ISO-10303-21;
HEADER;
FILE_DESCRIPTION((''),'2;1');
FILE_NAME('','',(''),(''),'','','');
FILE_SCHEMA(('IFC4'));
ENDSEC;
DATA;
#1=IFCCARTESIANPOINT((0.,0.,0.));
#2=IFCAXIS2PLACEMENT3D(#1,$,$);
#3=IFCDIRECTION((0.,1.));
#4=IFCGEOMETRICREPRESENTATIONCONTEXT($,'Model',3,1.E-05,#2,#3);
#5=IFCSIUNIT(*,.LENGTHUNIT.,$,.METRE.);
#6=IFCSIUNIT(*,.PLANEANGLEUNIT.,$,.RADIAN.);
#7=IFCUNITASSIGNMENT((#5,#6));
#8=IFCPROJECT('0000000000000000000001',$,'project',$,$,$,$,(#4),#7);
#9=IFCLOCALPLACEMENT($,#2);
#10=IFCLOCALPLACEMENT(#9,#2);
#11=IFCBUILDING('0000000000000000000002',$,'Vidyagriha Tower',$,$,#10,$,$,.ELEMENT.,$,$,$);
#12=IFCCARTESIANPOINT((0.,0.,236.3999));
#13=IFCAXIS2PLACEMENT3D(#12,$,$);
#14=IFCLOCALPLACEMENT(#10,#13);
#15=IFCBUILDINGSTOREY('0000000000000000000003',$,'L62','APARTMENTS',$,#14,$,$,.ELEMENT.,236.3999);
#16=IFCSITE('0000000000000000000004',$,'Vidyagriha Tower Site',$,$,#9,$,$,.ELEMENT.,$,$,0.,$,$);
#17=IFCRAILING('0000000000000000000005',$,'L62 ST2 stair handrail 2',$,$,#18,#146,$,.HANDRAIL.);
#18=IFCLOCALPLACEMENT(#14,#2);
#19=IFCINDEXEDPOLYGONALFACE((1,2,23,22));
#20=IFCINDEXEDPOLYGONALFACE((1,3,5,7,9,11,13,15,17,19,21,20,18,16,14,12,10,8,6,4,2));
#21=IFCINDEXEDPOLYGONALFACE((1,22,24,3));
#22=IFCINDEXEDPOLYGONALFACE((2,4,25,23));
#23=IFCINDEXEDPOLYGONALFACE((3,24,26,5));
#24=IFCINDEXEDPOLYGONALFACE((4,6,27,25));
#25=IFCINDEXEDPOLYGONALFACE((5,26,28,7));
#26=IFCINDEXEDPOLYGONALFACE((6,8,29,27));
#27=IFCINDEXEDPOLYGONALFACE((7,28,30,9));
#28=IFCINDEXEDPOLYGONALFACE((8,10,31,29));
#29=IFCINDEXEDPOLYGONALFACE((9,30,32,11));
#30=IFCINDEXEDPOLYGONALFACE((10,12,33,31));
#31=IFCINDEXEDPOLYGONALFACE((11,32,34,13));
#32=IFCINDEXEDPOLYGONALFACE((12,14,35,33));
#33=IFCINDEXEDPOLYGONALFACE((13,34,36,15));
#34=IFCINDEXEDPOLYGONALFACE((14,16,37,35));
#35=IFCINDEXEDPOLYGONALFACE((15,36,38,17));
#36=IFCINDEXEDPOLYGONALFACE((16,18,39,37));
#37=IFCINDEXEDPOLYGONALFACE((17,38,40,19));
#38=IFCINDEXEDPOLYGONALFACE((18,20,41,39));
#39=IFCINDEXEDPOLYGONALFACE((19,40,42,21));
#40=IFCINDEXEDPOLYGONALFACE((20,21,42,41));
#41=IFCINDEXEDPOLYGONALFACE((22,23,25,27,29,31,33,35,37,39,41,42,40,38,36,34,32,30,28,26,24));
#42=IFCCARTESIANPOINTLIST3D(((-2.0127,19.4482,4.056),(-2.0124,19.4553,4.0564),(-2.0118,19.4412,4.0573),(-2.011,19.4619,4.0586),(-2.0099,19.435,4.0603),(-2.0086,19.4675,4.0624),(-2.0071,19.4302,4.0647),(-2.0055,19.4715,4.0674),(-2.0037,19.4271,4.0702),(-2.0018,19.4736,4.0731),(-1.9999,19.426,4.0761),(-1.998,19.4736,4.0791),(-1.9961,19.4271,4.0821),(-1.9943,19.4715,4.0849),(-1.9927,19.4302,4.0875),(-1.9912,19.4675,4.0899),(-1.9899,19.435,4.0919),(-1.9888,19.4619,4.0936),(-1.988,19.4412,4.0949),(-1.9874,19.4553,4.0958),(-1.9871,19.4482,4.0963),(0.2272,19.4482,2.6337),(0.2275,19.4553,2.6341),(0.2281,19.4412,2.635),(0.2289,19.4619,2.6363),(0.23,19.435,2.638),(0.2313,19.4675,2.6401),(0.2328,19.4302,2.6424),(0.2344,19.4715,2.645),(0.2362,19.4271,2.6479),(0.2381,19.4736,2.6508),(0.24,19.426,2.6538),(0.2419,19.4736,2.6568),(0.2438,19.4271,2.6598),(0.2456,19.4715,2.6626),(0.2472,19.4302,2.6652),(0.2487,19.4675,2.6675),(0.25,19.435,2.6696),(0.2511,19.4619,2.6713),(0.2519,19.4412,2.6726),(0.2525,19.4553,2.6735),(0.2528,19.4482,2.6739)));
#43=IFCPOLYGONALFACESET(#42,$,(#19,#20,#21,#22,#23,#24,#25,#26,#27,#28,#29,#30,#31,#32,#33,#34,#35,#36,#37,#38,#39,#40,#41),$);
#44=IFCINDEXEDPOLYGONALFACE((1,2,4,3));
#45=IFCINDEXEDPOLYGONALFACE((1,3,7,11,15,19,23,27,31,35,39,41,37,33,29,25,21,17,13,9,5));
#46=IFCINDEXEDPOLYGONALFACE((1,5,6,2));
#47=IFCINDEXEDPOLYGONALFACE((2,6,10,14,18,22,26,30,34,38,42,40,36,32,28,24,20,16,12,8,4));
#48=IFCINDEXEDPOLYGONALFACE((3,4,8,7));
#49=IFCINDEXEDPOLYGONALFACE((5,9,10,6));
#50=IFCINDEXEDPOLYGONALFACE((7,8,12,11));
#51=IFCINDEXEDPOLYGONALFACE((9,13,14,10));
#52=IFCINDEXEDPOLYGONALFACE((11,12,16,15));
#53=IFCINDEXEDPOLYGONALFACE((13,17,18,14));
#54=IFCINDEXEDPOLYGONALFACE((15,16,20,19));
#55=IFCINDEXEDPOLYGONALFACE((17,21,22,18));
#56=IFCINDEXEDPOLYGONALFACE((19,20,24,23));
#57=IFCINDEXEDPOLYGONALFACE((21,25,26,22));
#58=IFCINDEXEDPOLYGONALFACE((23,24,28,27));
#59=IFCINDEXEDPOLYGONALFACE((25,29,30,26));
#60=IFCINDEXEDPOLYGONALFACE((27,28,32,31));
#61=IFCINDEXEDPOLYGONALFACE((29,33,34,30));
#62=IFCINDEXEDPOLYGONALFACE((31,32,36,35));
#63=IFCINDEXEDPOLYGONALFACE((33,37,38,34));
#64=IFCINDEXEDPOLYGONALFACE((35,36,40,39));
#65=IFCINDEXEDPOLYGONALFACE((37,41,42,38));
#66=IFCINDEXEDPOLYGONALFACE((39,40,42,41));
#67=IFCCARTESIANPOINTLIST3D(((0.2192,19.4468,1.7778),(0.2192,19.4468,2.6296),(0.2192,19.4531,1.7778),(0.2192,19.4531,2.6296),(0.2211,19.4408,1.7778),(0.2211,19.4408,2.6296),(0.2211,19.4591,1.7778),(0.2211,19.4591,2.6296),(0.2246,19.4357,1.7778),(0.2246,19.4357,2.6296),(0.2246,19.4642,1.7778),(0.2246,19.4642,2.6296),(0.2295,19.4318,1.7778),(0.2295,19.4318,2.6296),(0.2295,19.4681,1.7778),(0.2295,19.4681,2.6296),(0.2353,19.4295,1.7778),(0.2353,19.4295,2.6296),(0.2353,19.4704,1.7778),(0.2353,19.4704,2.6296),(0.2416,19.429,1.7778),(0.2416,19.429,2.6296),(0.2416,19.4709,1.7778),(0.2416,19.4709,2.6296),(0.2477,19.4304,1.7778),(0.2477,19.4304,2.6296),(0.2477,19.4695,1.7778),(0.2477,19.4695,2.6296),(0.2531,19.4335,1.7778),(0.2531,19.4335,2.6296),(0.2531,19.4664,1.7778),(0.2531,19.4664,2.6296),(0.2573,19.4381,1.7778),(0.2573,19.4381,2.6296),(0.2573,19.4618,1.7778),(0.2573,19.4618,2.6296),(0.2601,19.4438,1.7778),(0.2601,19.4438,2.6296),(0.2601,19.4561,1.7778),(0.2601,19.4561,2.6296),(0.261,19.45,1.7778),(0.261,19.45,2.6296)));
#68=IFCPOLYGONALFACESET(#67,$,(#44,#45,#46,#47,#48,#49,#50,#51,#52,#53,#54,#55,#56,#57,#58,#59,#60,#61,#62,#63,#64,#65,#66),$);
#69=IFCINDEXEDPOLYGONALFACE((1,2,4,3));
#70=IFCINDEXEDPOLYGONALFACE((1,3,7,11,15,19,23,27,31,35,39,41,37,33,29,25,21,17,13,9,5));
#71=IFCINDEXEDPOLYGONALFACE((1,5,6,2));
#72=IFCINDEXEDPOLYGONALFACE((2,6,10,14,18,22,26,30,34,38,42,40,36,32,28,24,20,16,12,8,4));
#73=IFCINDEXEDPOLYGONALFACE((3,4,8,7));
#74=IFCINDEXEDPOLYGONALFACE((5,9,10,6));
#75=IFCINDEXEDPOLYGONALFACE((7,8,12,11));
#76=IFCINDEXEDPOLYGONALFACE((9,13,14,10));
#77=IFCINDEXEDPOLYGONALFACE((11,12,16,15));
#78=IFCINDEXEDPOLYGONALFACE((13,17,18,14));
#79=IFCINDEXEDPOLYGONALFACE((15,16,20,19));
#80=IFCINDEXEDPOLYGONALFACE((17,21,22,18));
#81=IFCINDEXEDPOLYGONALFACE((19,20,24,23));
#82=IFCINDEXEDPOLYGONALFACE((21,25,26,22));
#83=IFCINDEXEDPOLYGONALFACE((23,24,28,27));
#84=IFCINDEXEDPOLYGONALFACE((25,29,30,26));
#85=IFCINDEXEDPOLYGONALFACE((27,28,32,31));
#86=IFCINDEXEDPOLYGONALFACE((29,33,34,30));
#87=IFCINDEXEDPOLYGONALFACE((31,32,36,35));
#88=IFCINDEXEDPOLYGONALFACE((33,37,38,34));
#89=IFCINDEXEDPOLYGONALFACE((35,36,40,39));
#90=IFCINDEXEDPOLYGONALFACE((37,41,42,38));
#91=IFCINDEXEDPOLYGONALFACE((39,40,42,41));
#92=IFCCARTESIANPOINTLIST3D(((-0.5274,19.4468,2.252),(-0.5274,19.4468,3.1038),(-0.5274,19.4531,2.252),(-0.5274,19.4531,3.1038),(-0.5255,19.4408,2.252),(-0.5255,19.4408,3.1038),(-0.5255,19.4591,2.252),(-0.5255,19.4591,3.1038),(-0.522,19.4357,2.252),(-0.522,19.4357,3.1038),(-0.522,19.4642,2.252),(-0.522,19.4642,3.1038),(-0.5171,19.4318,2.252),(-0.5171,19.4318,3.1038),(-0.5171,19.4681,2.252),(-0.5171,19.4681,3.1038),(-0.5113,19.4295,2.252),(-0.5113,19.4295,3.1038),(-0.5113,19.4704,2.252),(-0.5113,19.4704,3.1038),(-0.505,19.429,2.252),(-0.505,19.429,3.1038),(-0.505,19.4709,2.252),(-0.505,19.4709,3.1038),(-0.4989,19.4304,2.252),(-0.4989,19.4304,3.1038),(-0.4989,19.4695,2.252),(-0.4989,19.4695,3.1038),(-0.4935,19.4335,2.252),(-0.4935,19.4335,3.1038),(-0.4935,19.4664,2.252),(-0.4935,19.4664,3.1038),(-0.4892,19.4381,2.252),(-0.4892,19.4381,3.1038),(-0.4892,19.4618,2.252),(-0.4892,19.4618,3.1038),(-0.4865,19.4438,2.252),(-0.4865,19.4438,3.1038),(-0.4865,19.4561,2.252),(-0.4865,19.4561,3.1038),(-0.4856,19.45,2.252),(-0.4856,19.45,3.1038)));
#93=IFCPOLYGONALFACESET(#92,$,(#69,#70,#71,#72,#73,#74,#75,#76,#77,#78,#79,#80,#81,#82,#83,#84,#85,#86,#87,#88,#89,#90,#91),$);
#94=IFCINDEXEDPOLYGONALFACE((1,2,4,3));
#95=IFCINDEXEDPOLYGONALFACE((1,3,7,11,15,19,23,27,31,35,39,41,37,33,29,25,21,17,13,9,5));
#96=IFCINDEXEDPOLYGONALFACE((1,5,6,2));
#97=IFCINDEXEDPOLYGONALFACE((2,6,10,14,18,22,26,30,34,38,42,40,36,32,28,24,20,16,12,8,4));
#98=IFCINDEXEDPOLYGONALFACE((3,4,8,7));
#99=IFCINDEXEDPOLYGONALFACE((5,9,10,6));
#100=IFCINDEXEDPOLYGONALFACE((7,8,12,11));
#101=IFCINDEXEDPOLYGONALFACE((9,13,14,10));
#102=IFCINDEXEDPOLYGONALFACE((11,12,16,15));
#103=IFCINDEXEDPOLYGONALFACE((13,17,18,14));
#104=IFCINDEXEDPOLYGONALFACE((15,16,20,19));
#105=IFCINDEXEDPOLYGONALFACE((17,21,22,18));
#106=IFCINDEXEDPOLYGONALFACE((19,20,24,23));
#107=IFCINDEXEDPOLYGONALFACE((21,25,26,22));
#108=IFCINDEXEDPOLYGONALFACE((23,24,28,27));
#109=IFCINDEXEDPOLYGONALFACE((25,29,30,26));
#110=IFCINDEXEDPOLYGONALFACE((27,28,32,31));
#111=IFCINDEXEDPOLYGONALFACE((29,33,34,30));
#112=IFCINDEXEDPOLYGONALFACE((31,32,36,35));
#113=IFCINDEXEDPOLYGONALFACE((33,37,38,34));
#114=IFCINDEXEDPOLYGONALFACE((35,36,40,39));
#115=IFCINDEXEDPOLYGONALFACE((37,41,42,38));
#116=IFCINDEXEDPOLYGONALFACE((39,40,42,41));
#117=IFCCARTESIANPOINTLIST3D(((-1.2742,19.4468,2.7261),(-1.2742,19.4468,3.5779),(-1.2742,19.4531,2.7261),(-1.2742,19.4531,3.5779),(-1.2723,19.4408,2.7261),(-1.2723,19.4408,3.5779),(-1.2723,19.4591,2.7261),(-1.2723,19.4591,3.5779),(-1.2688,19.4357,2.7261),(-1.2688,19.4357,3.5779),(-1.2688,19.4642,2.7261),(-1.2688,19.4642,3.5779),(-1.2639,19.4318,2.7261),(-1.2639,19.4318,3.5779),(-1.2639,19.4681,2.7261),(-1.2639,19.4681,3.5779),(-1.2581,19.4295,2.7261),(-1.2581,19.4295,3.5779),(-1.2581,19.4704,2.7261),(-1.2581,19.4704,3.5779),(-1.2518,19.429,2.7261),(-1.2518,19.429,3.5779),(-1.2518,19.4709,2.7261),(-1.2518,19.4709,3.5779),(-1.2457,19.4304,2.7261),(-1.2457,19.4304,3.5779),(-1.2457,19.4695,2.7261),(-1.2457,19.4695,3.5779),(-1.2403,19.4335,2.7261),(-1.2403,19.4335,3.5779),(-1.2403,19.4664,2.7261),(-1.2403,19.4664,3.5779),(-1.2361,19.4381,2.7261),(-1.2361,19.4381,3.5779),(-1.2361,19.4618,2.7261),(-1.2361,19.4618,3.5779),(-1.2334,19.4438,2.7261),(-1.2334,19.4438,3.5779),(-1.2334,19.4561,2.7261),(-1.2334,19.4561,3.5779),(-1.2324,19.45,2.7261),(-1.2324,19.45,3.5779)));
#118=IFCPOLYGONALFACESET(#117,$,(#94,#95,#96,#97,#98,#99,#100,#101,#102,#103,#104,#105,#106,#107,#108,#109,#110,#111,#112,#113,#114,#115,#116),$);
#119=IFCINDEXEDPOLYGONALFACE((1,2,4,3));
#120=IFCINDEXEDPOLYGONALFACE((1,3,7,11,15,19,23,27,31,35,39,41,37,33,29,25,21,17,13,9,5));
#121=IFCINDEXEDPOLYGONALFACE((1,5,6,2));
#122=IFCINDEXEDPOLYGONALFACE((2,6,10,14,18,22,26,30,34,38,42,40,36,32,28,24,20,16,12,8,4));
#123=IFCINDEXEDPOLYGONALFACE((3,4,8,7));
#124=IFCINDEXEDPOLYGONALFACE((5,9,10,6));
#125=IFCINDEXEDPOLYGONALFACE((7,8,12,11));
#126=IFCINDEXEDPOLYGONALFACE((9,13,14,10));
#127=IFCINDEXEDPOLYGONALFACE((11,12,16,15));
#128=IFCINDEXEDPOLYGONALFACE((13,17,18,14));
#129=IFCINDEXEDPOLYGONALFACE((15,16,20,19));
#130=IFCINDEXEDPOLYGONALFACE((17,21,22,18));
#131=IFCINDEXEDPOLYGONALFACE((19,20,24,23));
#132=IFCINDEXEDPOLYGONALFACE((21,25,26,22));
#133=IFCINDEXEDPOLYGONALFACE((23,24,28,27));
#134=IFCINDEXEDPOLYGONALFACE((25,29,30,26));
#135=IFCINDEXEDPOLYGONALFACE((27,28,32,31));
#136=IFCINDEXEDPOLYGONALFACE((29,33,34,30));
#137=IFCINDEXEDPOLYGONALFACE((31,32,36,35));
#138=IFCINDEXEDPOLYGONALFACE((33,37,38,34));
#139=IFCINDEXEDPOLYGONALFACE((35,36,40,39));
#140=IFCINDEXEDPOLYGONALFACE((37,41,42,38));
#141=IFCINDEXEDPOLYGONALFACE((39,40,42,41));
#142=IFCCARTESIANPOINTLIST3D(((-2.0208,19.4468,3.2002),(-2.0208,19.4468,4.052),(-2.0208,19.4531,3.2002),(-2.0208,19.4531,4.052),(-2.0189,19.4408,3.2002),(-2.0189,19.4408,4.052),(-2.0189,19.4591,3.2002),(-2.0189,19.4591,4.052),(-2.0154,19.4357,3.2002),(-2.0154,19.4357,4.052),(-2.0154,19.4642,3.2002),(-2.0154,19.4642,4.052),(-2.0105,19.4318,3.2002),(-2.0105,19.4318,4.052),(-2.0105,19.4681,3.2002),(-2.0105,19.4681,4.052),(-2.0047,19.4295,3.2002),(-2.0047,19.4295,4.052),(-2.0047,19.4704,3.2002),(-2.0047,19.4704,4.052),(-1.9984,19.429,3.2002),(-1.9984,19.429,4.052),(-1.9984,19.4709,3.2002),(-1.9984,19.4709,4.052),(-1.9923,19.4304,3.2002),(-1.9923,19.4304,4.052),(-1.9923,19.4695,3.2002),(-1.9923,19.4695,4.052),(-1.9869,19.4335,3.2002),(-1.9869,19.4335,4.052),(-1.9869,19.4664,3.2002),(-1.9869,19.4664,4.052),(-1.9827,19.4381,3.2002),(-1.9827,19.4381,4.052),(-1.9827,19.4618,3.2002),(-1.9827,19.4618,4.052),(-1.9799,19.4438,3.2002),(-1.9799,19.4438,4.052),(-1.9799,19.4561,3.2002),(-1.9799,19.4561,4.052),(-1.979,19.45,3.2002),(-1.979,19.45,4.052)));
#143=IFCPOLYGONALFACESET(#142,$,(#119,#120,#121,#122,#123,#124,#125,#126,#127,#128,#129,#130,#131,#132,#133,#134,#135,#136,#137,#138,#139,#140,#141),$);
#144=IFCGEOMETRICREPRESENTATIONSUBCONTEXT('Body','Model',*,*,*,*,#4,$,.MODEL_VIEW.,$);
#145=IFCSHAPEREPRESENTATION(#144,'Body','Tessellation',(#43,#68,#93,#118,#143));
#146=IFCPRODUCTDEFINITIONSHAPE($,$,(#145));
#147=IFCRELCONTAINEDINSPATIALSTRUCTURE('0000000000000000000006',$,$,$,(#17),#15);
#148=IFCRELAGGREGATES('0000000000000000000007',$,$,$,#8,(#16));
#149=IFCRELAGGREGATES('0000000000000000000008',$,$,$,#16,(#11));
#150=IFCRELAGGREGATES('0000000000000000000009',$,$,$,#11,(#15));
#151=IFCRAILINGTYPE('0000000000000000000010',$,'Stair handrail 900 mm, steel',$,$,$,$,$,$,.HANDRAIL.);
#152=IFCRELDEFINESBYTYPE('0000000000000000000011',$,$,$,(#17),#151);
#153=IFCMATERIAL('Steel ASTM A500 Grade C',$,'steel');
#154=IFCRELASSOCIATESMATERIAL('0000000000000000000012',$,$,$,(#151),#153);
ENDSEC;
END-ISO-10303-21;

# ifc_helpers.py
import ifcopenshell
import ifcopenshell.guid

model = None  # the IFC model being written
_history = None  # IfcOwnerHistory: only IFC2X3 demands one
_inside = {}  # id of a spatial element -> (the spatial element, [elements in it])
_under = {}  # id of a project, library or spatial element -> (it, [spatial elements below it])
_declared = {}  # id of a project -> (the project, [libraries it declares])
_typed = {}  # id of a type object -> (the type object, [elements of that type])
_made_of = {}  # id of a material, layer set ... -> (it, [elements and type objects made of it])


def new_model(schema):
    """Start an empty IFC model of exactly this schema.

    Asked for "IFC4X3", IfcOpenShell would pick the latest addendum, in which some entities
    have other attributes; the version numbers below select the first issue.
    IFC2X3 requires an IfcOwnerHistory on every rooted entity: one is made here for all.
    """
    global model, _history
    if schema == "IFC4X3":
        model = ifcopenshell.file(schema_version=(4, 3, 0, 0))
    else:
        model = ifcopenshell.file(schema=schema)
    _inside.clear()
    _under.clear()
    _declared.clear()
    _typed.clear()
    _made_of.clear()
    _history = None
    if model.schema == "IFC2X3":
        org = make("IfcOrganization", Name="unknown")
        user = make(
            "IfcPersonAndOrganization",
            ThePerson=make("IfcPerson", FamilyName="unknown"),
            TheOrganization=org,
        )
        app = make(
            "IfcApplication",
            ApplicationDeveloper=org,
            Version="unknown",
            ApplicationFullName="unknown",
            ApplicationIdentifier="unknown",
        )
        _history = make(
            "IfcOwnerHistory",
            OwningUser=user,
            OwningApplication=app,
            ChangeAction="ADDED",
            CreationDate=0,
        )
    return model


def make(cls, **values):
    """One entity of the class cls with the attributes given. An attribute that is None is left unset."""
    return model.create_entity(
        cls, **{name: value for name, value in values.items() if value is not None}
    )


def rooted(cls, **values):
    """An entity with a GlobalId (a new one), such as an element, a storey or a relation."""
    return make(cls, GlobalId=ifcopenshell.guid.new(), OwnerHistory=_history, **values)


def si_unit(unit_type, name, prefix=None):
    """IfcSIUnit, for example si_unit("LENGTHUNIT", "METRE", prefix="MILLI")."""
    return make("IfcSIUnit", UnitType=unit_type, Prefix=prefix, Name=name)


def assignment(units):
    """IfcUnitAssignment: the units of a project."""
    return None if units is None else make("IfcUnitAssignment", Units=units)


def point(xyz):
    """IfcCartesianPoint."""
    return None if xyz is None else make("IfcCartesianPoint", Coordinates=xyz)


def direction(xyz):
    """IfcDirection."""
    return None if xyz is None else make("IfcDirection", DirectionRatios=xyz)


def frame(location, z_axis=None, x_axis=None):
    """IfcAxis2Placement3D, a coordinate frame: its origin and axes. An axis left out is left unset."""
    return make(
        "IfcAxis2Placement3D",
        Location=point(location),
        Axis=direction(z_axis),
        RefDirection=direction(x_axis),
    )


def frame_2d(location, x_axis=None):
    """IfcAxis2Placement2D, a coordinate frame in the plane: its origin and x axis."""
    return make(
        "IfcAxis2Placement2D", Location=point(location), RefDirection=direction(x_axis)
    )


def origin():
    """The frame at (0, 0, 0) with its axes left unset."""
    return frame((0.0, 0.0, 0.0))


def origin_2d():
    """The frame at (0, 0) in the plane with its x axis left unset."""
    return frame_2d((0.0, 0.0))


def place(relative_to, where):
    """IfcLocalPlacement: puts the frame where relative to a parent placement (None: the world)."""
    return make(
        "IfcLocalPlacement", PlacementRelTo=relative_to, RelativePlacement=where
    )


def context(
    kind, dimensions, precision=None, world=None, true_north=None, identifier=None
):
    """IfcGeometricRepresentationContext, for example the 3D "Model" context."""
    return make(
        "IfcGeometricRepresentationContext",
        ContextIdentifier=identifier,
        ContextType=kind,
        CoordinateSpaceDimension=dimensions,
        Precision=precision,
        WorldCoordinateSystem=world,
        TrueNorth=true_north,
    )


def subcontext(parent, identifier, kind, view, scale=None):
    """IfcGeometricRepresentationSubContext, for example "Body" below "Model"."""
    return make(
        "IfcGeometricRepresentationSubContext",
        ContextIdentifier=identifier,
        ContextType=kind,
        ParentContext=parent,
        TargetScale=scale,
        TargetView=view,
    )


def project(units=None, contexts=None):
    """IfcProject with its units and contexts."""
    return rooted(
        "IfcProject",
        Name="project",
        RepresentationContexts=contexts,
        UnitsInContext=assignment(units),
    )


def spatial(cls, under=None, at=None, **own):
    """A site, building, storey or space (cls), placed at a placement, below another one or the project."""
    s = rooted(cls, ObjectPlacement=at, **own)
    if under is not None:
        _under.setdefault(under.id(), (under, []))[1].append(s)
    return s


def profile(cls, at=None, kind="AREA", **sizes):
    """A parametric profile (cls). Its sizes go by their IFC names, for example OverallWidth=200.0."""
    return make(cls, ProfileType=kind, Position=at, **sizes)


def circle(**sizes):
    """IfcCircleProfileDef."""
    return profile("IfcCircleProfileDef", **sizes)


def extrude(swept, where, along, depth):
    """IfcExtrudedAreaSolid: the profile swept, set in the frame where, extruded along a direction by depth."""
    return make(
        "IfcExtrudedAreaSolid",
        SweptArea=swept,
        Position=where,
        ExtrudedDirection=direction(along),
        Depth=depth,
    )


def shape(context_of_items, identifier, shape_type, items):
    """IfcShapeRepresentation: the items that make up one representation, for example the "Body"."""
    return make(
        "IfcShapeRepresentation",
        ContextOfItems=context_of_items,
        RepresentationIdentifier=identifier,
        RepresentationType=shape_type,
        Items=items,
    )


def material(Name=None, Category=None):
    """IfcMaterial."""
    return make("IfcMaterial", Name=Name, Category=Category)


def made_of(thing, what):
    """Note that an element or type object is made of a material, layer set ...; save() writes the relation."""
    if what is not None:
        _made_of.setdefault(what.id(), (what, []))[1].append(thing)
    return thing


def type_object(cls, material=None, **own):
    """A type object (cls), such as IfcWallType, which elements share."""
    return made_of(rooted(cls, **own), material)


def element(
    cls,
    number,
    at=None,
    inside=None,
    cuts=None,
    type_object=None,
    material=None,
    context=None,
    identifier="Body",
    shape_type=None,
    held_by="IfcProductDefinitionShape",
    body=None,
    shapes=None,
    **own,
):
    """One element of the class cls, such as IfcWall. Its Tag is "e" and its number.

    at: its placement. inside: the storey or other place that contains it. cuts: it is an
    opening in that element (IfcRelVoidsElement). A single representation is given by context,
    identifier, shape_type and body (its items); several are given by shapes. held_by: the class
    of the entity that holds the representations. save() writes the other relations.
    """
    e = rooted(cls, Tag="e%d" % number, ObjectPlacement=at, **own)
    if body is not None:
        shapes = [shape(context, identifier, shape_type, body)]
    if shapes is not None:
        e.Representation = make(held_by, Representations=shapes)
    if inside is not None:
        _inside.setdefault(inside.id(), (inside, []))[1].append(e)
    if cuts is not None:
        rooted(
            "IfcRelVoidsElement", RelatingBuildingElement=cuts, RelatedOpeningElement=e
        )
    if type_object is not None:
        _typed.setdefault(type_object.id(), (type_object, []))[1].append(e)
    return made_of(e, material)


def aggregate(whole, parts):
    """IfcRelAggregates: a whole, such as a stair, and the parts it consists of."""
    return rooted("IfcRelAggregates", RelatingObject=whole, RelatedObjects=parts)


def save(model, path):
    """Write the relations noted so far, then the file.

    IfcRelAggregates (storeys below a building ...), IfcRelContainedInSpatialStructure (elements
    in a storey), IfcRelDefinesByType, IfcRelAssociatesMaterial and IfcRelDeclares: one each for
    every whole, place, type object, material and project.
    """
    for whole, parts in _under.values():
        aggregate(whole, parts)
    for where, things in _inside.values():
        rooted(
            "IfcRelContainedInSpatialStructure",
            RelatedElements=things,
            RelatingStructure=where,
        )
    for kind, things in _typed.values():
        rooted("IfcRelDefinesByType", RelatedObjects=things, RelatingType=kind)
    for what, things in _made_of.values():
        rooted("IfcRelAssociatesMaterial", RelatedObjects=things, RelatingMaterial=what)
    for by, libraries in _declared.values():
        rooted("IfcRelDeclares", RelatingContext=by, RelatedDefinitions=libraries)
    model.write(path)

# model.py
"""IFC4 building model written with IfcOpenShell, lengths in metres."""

from ifc_helpers import new_model, si_unit, direction, frame, origin, origin_2d, place, context, subcontext, project, spatial, circle, extrude, material, type_object, element, save


model = new_model("IFC4")

# Units and contexts
model_context = context("Model", 3, precision=1e-05, world=origin(), true_north=direction((0.0, 1.0)))
body_context = subcontext(model_context, "Body", "Model", "MODEL_VIEW")
ifc_project = project(units=[si_unit("LENGTHUNIT", "METRE"), si_unit("PLANEANGLEUNIT", "RADIAN")], contexts=[model_context])

# Site, building, storey
site_placement = place(None, origin())
site = spatial("IfcSite", under=ifc_project, at=site_placement, Name="Vidyagriha Tower Site", CompositionType="ELEMENT", RefElevation=0.0)
building_placement = place(site_placement, origin())
building = spatial("IfcBuilding", under=site, at=building_placement, Name="Vidyagriha Tower", CompositionType="ELEMENT")
storey_placement = place(building_placement, frame((0.0, 0.0, 236.3999)))
storey = spatial("IfcBuildingStorey", under=building, at=storey_placement, Name="L62", Description="APARTMENTS", CompositionType="ELEMENT", Elevation=236.3999)

# Railing
ifc_material_1 = material(Name="Steel ASTM A500 Grade C", Category="steel")
railing_type_1 = type_object("IfcRailingType", Name="Stair handrail 900 mm, steel", PredefinedType="HANDRAIL", material=ifc_material_1)
railing_1_placement = place(storey_placement, frame((0.24, 19.45, 1.7778)))
element("IfcRailing", 1, at=railing_1_placement, inside=storey, type_object=railing_type_1, Name="L62 ST2 stair handrail 2", PredefinedType="HANDRAIL", context=body_context, shape_type="SweptSolid", body=[
    extrude(circle(Radius=0.0239, at=origin_2d()), frame((0.0, 0.0, 0.876), z_axis=(-0.844188, 0.0, 0.536048), x_axis=(0.0, -1.0, 0.0)), (0.0, 0.0, 1.0), 2.6533),
    extrude(circle(Radius=0.021, at=origin_2d()), origin(), (0.0, 0.0, 1.0), 0.8518),
    extrude(circle(Radius=0.021, at=origin_2d()), frame((-0.7466, 0.0, 0.4741)), (0.0, 0.0, 1.0), 0.8518),
    extrude(circle(Radius=0.021, at=origin_2d()), frame((-1.4934, 0.0, 0.9482)), (0.0, 0.0, 1.0), 0.8518),
    extrude(circle(Radius=0.021, at=origin_2d()), frame((-2.24, 0.0, 1.4224)), (0.0, 0.0, 1.0), 0.8518),
])

save(model, "model.ifc")
